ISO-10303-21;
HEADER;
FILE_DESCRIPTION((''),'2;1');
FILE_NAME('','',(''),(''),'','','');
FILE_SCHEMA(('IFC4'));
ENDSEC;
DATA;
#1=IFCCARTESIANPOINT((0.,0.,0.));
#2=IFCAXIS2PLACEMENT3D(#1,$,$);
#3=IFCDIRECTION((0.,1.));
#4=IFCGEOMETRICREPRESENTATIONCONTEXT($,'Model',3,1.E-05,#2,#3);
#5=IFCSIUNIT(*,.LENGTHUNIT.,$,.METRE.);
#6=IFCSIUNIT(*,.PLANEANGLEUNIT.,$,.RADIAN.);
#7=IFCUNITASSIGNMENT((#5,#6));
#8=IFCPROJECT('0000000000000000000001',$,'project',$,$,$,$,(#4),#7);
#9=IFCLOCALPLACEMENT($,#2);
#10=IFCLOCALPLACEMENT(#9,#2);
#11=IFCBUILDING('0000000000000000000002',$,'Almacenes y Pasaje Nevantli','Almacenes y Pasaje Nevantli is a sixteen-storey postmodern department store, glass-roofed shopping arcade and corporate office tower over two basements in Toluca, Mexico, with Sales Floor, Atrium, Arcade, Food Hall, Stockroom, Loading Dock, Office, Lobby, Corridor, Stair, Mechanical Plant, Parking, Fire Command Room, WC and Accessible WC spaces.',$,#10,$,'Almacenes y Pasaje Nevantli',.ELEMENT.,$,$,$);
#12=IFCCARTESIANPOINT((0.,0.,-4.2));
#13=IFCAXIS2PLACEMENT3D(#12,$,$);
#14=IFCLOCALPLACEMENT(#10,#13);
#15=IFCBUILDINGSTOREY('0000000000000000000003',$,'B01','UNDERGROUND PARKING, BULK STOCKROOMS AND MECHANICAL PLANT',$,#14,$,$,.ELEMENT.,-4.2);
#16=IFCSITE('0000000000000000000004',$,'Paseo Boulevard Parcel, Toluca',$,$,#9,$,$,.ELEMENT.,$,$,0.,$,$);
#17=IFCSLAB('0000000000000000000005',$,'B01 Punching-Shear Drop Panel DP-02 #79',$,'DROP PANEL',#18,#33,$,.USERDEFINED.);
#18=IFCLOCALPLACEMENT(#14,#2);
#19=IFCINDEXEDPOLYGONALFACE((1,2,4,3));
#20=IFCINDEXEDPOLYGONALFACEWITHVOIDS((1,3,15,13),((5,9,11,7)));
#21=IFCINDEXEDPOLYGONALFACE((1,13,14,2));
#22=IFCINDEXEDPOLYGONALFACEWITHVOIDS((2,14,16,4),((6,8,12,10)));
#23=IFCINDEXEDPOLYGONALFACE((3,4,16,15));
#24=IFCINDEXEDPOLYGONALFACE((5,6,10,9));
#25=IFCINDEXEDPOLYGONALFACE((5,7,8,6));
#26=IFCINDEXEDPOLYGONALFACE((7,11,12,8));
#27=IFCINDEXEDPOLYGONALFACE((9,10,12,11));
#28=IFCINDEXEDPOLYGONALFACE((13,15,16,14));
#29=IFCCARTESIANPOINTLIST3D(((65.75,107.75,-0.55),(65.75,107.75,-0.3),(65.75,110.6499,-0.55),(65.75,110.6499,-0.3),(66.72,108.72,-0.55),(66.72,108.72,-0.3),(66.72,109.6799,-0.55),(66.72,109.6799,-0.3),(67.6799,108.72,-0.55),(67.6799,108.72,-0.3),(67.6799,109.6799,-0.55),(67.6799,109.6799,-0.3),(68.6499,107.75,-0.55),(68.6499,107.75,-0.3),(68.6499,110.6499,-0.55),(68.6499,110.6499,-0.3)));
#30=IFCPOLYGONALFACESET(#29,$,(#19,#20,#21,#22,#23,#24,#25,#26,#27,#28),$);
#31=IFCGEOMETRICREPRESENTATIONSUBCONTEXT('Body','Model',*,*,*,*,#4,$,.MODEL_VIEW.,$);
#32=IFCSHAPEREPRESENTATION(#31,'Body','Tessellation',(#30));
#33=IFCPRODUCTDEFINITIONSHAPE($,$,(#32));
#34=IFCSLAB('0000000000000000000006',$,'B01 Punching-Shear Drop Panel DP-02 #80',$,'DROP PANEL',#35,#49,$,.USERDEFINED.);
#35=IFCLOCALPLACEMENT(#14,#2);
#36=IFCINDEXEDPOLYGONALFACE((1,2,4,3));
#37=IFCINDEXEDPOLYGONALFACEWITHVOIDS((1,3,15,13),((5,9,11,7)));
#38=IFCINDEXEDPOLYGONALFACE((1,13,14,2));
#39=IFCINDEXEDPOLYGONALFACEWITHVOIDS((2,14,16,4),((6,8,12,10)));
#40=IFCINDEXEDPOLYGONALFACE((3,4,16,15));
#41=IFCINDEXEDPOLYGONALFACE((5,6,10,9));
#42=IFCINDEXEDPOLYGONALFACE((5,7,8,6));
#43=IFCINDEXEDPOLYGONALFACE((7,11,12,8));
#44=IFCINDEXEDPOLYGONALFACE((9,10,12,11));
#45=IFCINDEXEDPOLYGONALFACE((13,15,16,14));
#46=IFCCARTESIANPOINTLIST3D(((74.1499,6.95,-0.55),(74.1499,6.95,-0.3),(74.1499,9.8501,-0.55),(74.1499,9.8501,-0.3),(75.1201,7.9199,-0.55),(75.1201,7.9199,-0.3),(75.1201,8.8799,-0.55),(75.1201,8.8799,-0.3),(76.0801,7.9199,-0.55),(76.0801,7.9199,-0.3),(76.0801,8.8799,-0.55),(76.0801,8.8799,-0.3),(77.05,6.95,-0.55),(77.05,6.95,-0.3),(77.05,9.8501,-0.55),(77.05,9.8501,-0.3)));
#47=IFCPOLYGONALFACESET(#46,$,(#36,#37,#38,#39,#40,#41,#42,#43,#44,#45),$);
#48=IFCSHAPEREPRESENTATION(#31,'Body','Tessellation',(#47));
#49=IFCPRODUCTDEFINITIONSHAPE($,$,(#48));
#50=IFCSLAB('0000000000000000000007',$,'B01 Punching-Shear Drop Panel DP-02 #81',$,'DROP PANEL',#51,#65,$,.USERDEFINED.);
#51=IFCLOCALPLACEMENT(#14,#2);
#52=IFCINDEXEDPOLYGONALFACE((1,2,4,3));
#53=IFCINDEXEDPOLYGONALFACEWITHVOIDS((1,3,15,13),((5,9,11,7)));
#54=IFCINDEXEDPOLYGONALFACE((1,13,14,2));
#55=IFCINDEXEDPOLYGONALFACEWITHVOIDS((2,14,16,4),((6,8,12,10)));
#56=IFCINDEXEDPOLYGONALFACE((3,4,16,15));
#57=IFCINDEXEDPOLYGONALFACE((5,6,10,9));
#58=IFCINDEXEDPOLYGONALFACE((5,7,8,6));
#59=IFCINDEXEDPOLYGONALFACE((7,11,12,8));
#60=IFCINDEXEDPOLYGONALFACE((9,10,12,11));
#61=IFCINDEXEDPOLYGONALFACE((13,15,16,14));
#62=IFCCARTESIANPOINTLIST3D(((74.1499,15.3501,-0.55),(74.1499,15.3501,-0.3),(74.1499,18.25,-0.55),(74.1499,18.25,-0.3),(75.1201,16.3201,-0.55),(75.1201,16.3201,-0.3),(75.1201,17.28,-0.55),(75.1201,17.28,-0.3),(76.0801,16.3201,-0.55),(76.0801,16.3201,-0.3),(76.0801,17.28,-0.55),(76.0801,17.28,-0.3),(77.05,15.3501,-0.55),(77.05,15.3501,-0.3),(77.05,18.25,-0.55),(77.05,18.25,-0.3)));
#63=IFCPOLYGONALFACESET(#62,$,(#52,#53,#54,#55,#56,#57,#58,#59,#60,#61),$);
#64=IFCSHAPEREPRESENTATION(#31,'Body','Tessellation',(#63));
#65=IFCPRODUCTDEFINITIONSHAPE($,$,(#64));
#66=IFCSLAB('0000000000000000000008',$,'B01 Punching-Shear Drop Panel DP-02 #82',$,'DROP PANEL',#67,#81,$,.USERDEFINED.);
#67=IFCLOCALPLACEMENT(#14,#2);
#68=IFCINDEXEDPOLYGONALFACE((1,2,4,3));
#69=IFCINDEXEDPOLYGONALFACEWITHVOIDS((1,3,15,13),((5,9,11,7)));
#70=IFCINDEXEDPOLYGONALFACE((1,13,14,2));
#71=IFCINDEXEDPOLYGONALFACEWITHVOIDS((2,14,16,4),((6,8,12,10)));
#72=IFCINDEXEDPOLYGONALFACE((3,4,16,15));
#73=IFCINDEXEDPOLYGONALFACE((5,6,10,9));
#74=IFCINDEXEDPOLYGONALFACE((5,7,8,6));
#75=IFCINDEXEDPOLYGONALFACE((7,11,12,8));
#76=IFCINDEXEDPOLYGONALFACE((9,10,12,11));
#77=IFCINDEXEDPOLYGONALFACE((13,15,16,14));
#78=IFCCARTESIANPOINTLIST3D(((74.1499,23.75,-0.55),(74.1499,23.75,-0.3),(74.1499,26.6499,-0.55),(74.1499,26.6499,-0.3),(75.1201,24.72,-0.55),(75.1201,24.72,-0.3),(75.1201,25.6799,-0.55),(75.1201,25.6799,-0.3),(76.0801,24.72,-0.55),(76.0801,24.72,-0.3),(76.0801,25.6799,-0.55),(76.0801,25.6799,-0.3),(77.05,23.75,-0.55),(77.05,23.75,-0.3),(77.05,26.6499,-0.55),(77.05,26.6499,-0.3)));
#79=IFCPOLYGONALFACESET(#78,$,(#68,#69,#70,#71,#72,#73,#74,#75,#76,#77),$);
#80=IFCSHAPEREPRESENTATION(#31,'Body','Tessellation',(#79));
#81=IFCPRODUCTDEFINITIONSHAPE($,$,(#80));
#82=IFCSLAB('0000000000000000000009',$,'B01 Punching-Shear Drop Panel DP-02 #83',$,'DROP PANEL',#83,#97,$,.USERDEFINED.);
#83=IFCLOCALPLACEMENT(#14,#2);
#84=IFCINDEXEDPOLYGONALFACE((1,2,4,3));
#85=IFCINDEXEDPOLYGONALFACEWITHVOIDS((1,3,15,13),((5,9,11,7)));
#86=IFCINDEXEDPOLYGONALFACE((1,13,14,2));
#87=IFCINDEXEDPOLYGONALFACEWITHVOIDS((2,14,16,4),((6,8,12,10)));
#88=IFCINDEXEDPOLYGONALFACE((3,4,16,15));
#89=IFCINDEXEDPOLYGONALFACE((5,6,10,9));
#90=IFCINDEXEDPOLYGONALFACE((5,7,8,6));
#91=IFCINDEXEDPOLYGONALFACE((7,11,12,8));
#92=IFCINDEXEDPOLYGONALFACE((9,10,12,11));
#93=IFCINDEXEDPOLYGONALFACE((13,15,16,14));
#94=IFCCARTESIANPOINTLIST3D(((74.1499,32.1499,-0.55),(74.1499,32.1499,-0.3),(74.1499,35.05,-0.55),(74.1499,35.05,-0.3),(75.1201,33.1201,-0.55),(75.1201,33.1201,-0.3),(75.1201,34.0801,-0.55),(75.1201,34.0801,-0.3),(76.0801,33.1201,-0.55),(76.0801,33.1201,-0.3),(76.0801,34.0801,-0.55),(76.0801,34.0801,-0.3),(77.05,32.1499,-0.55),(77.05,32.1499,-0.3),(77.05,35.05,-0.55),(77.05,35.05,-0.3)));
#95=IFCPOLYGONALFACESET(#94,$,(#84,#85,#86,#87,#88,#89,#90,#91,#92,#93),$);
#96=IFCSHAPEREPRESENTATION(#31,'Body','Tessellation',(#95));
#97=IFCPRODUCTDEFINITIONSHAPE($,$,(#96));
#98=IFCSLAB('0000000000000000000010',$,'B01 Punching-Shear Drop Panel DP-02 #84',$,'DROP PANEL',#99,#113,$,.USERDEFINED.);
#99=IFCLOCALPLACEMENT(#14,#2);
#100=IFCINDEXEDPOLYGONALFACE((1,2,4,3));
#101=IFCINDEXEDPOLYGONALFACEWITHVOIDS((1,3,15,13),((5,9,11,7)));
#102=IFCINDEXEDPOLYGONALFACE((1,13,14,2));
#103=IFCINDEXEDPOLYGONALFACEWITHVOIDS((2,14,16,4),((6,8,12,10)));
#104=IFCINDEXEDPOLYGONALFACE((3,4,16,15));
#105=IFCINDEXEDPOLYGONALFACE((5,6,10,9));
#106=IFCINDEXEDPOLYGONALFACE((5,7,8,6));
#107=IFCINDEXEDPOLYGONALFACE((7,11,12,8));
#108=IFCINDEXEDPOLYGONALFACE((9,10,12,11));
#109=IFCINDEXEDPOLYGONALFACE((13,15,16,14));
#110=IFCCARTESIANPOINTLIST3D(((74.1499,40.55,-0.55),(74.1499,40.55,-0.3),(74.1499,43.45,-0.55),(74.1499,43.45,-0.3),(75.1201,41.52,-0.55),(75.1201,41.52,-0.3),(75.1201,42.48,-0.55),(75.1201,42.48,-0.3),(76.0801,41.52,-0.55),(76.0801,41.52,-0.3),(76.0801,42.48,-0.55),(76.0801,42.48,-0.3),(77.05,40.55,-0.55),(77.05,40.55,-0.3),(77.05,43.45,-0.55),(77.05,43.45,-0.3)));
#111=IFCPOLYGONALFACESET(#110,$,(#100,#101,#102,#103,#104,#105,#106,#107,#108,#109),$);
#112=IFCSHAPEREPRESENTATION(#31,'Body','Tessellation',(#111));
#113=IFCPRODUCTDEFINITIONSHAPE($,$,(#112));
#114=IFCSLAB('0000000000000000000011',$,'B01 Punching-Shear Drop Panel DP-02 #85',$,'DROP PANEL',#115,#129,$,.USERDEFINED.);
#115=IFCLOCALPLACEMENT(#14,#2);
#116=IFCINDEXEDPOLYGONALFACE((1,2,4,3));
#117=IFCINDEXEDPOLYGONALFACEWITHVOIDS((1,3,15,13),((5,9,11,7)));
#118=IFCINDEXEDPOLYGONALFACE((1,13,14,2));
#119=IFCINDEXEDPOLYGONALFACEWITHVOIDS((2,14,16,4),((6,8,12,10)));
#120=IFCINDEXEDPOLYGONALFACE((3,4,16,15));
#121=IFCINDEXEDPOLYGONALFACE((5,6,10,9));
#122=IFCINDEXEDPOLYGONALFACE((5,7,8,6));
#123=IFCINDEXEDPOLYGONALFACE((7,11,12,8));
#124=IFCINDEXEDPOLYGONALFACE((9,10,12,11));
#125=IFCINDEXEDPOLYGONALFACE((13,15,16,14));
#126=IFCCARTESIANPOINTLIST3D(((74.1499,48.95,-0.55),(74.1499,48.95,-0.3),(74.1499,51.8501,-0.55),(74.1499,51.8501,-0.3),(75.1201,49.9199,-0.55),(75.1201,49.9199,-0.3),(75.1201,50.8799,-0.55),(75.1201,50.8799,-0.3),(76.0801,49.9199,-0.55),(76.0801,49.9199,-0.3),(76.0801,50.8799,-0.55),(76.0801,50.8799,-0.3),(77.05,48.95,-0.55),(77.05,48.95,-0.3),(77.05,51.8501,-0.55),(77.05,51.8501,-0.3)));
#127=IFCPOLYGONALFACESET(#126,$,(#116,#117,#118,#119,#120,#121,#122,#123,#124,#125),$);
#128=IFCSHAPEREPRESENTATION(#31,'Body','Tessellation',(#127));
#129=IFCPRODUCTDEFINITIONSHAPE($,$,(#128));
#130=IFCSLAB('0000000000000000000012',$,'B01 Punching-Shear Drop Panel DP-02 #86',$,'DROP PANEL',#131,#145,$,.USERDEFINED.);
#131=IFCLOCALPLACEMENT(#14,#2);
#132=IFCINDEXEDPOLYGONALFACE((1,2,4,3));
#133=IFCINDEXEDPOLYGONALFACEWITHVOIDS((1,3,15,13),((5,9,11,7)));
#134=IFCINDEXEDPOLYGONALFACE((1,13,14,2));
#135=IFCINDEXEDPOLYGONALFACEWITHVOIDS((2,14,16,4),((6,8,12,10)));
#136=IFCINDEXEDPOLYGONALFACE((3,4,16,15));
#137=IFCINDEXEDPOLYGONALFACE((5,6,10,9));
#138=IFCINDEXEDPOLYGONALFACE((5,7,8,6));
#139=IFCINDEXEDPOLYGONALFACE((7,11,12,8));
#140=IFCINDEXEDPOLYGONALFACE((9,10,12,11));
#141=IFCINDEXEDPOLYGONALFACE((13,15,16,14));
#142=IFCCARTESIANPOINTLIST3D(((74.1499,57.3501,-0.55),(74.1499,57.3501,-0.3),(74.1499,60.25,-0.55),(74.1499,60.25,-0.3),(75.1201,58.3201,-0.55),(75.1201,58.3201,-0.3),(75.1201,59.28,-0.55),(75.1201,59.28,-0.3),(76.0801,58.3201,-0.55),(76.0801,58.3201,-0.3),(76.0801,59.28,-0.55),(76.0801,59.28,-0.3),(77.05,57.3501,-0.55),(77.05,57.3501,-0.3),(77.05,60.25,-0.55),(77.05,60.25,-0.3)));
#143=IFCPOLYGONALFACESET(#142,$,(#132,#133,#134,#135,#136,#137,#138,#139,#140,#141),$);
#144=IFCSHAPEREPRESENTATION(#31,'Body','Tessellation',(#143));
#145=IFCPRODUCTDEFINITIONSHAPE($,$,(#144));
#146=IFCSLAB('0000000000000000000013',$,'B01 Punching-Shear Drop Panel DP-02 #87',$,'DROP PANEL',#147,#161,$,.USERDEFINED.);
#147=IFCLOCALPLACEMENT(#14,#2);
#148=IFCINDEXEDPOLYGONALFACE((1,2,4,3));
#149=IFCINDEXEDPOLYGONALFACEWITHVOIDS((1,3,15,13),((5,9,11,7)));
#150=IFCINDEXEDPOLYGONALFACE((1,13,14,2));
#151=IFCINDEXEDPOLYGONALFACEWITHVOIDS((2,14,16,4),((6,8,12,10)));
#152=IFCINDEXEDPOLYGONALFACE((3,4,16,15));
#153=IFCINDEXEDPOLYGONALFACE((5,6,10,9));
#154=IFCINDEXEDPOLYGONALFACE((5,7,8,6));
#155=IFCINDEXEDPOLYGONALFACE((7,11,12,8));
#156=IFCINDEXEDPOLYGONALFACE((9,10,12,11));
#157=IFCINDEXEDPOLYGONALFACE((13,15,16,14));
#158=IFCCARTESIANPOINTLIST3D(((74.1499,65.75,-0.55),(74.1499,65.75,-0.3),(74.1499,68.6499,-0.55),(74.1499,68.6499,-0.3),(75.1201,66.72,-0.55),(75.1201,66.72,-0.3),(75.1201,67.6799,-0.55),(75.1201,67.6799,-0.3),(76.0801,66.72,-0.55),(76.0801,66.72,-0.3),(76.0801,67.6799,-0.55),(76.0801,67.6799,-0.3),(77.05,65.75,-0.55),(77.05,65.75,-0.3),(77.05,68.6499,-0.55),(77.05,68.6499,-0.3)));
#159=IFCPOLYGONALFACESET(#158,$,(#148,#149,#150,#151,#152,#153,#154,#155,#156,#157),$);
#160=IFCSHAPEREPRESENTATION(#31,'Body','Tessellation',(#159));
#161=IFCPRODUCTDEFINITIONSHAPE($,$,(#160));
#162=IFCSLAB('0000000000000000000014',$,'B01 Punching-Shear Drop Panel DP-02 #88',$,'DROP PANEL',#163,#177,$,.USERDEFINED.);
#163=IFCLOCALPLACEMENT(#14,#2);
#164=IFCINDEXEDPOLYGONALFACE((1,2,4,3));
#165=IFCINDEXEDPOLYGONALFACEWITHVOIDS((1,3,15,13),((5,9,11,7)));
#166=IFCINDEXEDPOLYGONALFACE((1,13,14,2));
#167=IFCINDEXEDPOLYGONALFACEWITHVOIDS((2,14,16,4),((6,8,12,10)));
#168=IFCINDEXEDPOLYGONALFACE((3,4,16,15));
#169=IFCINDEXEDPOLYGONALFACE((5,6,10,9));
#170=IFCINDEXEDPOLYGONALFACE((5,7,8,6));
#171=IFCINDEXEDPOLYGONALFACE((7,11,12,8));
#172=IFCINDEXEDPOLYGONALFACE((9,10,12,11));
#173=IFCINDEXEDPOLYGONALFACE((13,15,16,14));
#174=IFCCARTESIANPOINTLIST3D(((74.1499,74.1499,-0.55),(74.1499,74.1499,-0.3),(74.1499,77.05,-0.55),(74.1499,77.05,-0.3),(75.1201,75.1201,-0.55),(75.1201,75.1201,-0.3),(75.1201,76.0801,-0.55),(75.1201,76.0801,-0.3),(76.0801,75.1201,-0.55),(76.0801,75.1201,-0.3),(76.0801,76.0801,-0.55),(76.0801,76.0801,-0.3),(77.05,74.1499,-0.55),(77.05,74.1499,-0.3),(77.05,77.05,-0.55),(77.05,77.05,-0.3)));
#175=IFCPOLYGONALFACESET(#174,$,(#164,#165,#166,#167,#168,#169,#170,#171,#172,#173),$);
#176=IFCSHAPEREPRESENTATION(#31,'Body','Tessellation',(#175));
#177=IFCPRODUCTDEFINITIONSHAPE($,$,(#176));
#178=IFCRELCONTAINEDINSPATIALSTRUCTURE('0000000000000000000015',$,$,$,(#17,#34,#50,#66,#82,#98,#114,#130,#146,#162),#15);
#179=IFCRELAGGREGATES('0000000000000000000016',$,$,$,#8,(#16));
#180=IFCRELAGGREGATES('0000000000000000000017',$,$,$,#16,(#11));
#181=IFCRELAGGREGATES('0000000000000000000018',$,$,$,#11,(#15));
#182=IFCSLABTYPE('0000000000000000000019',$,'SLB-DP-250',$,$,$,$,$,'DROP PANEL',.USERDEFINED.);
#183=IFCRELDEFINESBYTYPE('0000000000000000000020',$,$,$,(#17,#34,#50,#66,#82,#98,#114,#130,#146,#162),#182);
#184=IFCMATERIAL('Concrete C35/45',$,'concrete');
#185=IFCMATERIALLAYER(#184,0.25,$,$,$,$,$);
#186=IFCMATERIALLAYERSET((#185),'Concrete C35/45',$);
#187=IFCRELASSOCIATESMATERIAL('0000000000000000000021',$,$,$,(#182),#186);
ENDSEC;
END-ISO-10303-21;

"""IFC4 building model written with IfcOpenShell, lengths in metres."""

from ifc_helpers import new_model, si_unit, direction, frame, origin, place, context, subcontext, project, spatial, polyline, outline, extrude, material, layer, layer_set, type_object, element, save


model = new_model("IFC4")

# Units and contexts
model_context = context("Model", 3, precision=1e-05, world=origin(), true_north=direction((0.0, 1.0)))
body_context = subcontext(model_context, "Body", "Model", "MODEL_VIEW")
ifc_project = project(units=[si_unit("LENGTHUNIT", "METRE"), si_unit("PLANEANGLEUNIT", "RADIAN")], contexts=[model_context])

# Site, building, storey
site_placement = place(None, origin())
site = spatial("IfcSite", under=ifc_project, at=site_placement, Name="Paseo Boulevard Parcel, Toluca", CompositionType="ELEMENT", RefElevation=0.0)
building_placement = place(site_placement, origin())
building = spatial("IfcBuilding", under=site, at=building_placement, Name="Almacenes y Pasaje Nevantli", Description="Almacenes y Pasaje Nevantli is a sixteen-storey postmodern department store, glass-roofed shopping arcade and corporate office tower over two basements in Toluca, Mexico, with Sales Floor, Atrium, Arcade, Food Hall, Stockroom, Loading Dock, Office, Lobby, Corridor, Stair, Mechanical Plant, Parking, Fire Command Room, WC and Accessible WC spaces.", LongName="Almacenes y Pasaje Nevantli", CompositionType="ELEMENT")
storey_placement = place(building_placement, frame((0.0, 0.0, -4.2)))
storey = spatial("IfcBuildingStorey", under=building, at=storey_placement, Name="B01", Description="UNDERGROUND PARKING, BULK STOCKROOMS AND MECHANICAL PLANT", CompositionType="ELEMENT", Elevation=-4.2)

# Slabs
ifc_material_1 = material(Name="Concrete C35/45", Category="concrete")
ifc_layer_1 = layer(ifc_material_1, 0.25)
ifc_layer_set_1 = layer_set([ifc_layer_1], Name="Concrete C35/45")
slab_type_1 = type_object("IfcSlabType", Name="SLB-DP-250", ElementType="DROP PANEL", PredefinedType="USERDEFINED", material=ifc_layer_set_1)
slab_1_placement = place(storey_placement, frame((0.0, 0.0, -0.55)))
element("IfcSlab", 1, at=slab_1_placement, inside=storey, type_object=slab_type_1, Name="B01 Punching-Shear Drop Panel DP-02 #79", ObjectType="DROP PANEL", PredefinedType="USERDEFINED", context=body_context, shape_type="SweptSolid", body=[
    extrude(outline(polyline([(65.75, 107.75), (68.6499, 107.75), (68.6499, 110.6499), (65.75, 110.6499), (65.75, 107.75)]), holes=[polyline([(66.72, 108.72), (67.6799, 108.72), (67.6799, 109.6799), (66.72, 109.6799), (66.72, 108.72)])]), origin(), (0.0, 0.0, 1.0), 0.25),
])
slab_2_placement = place(storey_placement, frame((0.0, 0.0, -0.55)))
element("IfcSlab", 2, at=slab_2_placement, inside=storey, type_object=slab_type_1, Name="B01 Punching-Shear Drop Panel DP-02 #80", ObjectType="DROP PANEL", PredefinedType="USERDEFINED", context=body_context, shape_type="SweptSolid", body=[
    extrude(outline(polyline([(74.1499, 6.95), (77.05, 6.95), (77.05, 9.8501), (74.1499, 9.8501), (74.1499, 6.95)]), holes=[polyline([(75.1201, 7.9199), (76.0801, 7.9199), (76.0801, 8.8799), (75.1201, 8.8799), (75.1201, 7.9199)])]), origin(), (0.0, 0.0, 1.0), 0.25),
])
slab_3_placement = place(storey_placement, frame((0.0, 0.0, -0.55)))
element("IfcSlab", 3, at=slab_3_placement, inside=storey, type_object=slab_type_1, Name="B01 Punching-Shear Drop Panel DP-02 #81", ObjectType="DROP PANEL", PredefinedType="USERDEFINED", context=body_context, shape_type="SweptSolid", body=[
    extrude(outline(polyline([(74.1499, 15.3501), (77.05, 15.3501), (77.05, 18.25), (74.1499, 18.25), (74.1499, 15.3501)]), holes=[polyline([(75.1201, 16.3201), (76.0801, 16.3201), (76.0801, 17.28), (75.1201, 17.28), (75.1201, 16.3201)])]), origin(), (0.0, 0.0, 1.0), 0.25),
])
slab_4_placement = place(storey_placement, frame((0.0, 0.0, -0.55)))
element("IfcSlab", 4, at=slab_4_placement, inside=storey, type_object=slab_type_1, Name="B01 Punching-Shear Drop Panel DP-02 #82", ObjectType="DROP PANEL", PredefinedType="USERDEFINED", context=body_context, shape_type="SweptSolid", body=[
    extrude(outline(polyline([(74.1499, 23.75), (77.05, 23.75), (77.05, 26.6499), (74.1499, 26.6499), (74.1499, 23.75)]), holes=[polyline([(75.1201, 24.72), (76.0801, 24.72), (76.0801, 25.6799), (75.1201, 25.6799), (75.1201, 24.72)])]), origin(), (0.0, 0.0, 1.0), 0.25),
])
slab_5_placement = place(storey_placement, frame((0.0, 0.0, -0.55)))
element("IfcSlab", 5, at=slab_5_placement, inside=storey, type_object=slab_type_1, Name="B01 Punching-Shear Drop Panel DP-02 #83", ObjectType="DROP PANEL", PredefinedType="USERDEFINED", context=body_context, shape_type="SweptSolid", body=[
    extrude(outline(polyline([(74.1499, 32.1499), (77.05, 32.1499), (77.05, 35.05), (74.1499, 35.05), (74.1499, 32.1499)]), holes=[polyline([(75.1201, 33.1201), (76.0801, 33.1201), (76.0801, 34.0801), (75.1201, 34.0801), (75.1201, 33.1201)])]), origin(), (0.0, 0.0, 1.0), 0.25),
])
slab_6_placement = place(storey_placement, frame((0.0, 0.0, -0.55)))
element("IfcSlab", 6, at=slab_6_placement, inside=storey, type_object=slab_type_1, Name="B01 Punching-Shear Drop Panel DP-02 #84", ObjectType="DROP PANEL", PredefinedType="USERDEFINED", context=body_context, shape_type="SweptSolid", body=[
    extrude(outline(polyline([(74.1499, 40.55), (77.05, 40.55), (77.05, 43.45), (74.1499, 43.45), (74.1499, 40.55)]), holes=[polyline([(75.1201, 41.52), (76.0801, 41.52), (76.0801, 42.48), (75.1201, 42.48), (75.1201, 41.52)])]), origin(), (0.0, 0.0, 1.0), 0.25),
])
slab_7_placement = place(storey_placement, frame((0.0, 0.0, -0.55)))
element("IfcSlab", 7, at=slab_7_placement, inside=storey, type_object=slab_type_1, Name="B01 Punching-Shear Drop Panel DP-02 #85", ObjectType="DROP PANEL", PredefinedType="USERDEFINED", context=body_context, shape_type="SweptSolid", body=[
    extrude(outline(polyline([(74.1499, 48.95), (77.05, 48.95), (77.05, 51.8501), (74.1499, 51.8501), (74.1499, 48.95)]), holes=[polyline([(75.1201, 49.9199), (76.0801, 49.9199), (76.0801, 50.8799), (75.1201, 50.8799), (75.1201, 49.9199)])]), origin(), (0.0, 0.0, 1.0), 0.25),
])
slab_8_placement = place(storey_placement, frame((0.0, 0.0, -0.55)))
element("IfcSlab", 8, at=slab_8_placement, inside=storey, type_object=slab_type_1, Name="B01 Punching-Shear Drop Panel DP-02 #86", ObjectType="DROP PANEL", PredefinedType="USERDEFINED", context=body_context, shape_type="SweptSolid", body=[
    extrude(outline(polyline([(74.1499, 57.3501), (77.05, 57.3501), (77.05, 60.25), (74.1499, 60.25), (74.1499, 57.3501)]), holes=[polyline([(75.1201, 58.3201), (76.0801, 58.3201), (76.0801, 59.28), (75.1201, 59.28), (75.1201, 58.3201)])]), origin(), (0.0, 0.0, 1.0), 0.25),
])
slab_9_placement = place(storey_placement, frame((0.0, 0.0, -0.55)))
element("IfcSlab", 9, at=slab_9_placement, inside=storey, type_object=slab_type_1, Name="B01 Punching-Shear Drop Panel DP-02 #87", ObjectType="DROP PANEL", PredefinedType="USERDEFINED", context=body_context, shape_type="SweptSolid", body=[
    extrude(outline(polyline([(74.1499, 65.75), (77.05, 65.75), (77.05, 68.6499), (74.1499, 68.6499), (74.1499, 65.75)]), holes=[polyline([(75.1201, 66.72), (76.0801, 66.72), (76.0801, 67.6799), (75.1201, 67.6799), (75.1201, 66.72)])]), origin(), (0.0, 0.0, 1.0), 0.25),
])
slab_10_placement = place(storey_placement, frame((0.0, 0.0, -0.55)))
element("IfcSlab", 10, at=slab_10_placement, inside=storey, type_object=slab_type_1, Name="B01 Punching-Shear Drop Panel DP-02 #88", ObjectType="DROP PANEL", PredefinedType="USERDEFINED", context=body_context, shape_type="SweptSolid", body=[
    extrude(outline(polyline([(74.1499, 74.1499), (77.05, 74.1499), (77.05, 77.05), (74.1499, 77.05), (74.1499, 74.1499)]), holes=[polyline([(75.1201, 75.1201), (76.0801, 75.1201), (76.0801, 76.0801), (75.1201, 76.0801), (75.1201, 75.1201)])]), origin(), (0.0, 0.0, 1.0), 0.25),
])

save(model, "model.ifc")
